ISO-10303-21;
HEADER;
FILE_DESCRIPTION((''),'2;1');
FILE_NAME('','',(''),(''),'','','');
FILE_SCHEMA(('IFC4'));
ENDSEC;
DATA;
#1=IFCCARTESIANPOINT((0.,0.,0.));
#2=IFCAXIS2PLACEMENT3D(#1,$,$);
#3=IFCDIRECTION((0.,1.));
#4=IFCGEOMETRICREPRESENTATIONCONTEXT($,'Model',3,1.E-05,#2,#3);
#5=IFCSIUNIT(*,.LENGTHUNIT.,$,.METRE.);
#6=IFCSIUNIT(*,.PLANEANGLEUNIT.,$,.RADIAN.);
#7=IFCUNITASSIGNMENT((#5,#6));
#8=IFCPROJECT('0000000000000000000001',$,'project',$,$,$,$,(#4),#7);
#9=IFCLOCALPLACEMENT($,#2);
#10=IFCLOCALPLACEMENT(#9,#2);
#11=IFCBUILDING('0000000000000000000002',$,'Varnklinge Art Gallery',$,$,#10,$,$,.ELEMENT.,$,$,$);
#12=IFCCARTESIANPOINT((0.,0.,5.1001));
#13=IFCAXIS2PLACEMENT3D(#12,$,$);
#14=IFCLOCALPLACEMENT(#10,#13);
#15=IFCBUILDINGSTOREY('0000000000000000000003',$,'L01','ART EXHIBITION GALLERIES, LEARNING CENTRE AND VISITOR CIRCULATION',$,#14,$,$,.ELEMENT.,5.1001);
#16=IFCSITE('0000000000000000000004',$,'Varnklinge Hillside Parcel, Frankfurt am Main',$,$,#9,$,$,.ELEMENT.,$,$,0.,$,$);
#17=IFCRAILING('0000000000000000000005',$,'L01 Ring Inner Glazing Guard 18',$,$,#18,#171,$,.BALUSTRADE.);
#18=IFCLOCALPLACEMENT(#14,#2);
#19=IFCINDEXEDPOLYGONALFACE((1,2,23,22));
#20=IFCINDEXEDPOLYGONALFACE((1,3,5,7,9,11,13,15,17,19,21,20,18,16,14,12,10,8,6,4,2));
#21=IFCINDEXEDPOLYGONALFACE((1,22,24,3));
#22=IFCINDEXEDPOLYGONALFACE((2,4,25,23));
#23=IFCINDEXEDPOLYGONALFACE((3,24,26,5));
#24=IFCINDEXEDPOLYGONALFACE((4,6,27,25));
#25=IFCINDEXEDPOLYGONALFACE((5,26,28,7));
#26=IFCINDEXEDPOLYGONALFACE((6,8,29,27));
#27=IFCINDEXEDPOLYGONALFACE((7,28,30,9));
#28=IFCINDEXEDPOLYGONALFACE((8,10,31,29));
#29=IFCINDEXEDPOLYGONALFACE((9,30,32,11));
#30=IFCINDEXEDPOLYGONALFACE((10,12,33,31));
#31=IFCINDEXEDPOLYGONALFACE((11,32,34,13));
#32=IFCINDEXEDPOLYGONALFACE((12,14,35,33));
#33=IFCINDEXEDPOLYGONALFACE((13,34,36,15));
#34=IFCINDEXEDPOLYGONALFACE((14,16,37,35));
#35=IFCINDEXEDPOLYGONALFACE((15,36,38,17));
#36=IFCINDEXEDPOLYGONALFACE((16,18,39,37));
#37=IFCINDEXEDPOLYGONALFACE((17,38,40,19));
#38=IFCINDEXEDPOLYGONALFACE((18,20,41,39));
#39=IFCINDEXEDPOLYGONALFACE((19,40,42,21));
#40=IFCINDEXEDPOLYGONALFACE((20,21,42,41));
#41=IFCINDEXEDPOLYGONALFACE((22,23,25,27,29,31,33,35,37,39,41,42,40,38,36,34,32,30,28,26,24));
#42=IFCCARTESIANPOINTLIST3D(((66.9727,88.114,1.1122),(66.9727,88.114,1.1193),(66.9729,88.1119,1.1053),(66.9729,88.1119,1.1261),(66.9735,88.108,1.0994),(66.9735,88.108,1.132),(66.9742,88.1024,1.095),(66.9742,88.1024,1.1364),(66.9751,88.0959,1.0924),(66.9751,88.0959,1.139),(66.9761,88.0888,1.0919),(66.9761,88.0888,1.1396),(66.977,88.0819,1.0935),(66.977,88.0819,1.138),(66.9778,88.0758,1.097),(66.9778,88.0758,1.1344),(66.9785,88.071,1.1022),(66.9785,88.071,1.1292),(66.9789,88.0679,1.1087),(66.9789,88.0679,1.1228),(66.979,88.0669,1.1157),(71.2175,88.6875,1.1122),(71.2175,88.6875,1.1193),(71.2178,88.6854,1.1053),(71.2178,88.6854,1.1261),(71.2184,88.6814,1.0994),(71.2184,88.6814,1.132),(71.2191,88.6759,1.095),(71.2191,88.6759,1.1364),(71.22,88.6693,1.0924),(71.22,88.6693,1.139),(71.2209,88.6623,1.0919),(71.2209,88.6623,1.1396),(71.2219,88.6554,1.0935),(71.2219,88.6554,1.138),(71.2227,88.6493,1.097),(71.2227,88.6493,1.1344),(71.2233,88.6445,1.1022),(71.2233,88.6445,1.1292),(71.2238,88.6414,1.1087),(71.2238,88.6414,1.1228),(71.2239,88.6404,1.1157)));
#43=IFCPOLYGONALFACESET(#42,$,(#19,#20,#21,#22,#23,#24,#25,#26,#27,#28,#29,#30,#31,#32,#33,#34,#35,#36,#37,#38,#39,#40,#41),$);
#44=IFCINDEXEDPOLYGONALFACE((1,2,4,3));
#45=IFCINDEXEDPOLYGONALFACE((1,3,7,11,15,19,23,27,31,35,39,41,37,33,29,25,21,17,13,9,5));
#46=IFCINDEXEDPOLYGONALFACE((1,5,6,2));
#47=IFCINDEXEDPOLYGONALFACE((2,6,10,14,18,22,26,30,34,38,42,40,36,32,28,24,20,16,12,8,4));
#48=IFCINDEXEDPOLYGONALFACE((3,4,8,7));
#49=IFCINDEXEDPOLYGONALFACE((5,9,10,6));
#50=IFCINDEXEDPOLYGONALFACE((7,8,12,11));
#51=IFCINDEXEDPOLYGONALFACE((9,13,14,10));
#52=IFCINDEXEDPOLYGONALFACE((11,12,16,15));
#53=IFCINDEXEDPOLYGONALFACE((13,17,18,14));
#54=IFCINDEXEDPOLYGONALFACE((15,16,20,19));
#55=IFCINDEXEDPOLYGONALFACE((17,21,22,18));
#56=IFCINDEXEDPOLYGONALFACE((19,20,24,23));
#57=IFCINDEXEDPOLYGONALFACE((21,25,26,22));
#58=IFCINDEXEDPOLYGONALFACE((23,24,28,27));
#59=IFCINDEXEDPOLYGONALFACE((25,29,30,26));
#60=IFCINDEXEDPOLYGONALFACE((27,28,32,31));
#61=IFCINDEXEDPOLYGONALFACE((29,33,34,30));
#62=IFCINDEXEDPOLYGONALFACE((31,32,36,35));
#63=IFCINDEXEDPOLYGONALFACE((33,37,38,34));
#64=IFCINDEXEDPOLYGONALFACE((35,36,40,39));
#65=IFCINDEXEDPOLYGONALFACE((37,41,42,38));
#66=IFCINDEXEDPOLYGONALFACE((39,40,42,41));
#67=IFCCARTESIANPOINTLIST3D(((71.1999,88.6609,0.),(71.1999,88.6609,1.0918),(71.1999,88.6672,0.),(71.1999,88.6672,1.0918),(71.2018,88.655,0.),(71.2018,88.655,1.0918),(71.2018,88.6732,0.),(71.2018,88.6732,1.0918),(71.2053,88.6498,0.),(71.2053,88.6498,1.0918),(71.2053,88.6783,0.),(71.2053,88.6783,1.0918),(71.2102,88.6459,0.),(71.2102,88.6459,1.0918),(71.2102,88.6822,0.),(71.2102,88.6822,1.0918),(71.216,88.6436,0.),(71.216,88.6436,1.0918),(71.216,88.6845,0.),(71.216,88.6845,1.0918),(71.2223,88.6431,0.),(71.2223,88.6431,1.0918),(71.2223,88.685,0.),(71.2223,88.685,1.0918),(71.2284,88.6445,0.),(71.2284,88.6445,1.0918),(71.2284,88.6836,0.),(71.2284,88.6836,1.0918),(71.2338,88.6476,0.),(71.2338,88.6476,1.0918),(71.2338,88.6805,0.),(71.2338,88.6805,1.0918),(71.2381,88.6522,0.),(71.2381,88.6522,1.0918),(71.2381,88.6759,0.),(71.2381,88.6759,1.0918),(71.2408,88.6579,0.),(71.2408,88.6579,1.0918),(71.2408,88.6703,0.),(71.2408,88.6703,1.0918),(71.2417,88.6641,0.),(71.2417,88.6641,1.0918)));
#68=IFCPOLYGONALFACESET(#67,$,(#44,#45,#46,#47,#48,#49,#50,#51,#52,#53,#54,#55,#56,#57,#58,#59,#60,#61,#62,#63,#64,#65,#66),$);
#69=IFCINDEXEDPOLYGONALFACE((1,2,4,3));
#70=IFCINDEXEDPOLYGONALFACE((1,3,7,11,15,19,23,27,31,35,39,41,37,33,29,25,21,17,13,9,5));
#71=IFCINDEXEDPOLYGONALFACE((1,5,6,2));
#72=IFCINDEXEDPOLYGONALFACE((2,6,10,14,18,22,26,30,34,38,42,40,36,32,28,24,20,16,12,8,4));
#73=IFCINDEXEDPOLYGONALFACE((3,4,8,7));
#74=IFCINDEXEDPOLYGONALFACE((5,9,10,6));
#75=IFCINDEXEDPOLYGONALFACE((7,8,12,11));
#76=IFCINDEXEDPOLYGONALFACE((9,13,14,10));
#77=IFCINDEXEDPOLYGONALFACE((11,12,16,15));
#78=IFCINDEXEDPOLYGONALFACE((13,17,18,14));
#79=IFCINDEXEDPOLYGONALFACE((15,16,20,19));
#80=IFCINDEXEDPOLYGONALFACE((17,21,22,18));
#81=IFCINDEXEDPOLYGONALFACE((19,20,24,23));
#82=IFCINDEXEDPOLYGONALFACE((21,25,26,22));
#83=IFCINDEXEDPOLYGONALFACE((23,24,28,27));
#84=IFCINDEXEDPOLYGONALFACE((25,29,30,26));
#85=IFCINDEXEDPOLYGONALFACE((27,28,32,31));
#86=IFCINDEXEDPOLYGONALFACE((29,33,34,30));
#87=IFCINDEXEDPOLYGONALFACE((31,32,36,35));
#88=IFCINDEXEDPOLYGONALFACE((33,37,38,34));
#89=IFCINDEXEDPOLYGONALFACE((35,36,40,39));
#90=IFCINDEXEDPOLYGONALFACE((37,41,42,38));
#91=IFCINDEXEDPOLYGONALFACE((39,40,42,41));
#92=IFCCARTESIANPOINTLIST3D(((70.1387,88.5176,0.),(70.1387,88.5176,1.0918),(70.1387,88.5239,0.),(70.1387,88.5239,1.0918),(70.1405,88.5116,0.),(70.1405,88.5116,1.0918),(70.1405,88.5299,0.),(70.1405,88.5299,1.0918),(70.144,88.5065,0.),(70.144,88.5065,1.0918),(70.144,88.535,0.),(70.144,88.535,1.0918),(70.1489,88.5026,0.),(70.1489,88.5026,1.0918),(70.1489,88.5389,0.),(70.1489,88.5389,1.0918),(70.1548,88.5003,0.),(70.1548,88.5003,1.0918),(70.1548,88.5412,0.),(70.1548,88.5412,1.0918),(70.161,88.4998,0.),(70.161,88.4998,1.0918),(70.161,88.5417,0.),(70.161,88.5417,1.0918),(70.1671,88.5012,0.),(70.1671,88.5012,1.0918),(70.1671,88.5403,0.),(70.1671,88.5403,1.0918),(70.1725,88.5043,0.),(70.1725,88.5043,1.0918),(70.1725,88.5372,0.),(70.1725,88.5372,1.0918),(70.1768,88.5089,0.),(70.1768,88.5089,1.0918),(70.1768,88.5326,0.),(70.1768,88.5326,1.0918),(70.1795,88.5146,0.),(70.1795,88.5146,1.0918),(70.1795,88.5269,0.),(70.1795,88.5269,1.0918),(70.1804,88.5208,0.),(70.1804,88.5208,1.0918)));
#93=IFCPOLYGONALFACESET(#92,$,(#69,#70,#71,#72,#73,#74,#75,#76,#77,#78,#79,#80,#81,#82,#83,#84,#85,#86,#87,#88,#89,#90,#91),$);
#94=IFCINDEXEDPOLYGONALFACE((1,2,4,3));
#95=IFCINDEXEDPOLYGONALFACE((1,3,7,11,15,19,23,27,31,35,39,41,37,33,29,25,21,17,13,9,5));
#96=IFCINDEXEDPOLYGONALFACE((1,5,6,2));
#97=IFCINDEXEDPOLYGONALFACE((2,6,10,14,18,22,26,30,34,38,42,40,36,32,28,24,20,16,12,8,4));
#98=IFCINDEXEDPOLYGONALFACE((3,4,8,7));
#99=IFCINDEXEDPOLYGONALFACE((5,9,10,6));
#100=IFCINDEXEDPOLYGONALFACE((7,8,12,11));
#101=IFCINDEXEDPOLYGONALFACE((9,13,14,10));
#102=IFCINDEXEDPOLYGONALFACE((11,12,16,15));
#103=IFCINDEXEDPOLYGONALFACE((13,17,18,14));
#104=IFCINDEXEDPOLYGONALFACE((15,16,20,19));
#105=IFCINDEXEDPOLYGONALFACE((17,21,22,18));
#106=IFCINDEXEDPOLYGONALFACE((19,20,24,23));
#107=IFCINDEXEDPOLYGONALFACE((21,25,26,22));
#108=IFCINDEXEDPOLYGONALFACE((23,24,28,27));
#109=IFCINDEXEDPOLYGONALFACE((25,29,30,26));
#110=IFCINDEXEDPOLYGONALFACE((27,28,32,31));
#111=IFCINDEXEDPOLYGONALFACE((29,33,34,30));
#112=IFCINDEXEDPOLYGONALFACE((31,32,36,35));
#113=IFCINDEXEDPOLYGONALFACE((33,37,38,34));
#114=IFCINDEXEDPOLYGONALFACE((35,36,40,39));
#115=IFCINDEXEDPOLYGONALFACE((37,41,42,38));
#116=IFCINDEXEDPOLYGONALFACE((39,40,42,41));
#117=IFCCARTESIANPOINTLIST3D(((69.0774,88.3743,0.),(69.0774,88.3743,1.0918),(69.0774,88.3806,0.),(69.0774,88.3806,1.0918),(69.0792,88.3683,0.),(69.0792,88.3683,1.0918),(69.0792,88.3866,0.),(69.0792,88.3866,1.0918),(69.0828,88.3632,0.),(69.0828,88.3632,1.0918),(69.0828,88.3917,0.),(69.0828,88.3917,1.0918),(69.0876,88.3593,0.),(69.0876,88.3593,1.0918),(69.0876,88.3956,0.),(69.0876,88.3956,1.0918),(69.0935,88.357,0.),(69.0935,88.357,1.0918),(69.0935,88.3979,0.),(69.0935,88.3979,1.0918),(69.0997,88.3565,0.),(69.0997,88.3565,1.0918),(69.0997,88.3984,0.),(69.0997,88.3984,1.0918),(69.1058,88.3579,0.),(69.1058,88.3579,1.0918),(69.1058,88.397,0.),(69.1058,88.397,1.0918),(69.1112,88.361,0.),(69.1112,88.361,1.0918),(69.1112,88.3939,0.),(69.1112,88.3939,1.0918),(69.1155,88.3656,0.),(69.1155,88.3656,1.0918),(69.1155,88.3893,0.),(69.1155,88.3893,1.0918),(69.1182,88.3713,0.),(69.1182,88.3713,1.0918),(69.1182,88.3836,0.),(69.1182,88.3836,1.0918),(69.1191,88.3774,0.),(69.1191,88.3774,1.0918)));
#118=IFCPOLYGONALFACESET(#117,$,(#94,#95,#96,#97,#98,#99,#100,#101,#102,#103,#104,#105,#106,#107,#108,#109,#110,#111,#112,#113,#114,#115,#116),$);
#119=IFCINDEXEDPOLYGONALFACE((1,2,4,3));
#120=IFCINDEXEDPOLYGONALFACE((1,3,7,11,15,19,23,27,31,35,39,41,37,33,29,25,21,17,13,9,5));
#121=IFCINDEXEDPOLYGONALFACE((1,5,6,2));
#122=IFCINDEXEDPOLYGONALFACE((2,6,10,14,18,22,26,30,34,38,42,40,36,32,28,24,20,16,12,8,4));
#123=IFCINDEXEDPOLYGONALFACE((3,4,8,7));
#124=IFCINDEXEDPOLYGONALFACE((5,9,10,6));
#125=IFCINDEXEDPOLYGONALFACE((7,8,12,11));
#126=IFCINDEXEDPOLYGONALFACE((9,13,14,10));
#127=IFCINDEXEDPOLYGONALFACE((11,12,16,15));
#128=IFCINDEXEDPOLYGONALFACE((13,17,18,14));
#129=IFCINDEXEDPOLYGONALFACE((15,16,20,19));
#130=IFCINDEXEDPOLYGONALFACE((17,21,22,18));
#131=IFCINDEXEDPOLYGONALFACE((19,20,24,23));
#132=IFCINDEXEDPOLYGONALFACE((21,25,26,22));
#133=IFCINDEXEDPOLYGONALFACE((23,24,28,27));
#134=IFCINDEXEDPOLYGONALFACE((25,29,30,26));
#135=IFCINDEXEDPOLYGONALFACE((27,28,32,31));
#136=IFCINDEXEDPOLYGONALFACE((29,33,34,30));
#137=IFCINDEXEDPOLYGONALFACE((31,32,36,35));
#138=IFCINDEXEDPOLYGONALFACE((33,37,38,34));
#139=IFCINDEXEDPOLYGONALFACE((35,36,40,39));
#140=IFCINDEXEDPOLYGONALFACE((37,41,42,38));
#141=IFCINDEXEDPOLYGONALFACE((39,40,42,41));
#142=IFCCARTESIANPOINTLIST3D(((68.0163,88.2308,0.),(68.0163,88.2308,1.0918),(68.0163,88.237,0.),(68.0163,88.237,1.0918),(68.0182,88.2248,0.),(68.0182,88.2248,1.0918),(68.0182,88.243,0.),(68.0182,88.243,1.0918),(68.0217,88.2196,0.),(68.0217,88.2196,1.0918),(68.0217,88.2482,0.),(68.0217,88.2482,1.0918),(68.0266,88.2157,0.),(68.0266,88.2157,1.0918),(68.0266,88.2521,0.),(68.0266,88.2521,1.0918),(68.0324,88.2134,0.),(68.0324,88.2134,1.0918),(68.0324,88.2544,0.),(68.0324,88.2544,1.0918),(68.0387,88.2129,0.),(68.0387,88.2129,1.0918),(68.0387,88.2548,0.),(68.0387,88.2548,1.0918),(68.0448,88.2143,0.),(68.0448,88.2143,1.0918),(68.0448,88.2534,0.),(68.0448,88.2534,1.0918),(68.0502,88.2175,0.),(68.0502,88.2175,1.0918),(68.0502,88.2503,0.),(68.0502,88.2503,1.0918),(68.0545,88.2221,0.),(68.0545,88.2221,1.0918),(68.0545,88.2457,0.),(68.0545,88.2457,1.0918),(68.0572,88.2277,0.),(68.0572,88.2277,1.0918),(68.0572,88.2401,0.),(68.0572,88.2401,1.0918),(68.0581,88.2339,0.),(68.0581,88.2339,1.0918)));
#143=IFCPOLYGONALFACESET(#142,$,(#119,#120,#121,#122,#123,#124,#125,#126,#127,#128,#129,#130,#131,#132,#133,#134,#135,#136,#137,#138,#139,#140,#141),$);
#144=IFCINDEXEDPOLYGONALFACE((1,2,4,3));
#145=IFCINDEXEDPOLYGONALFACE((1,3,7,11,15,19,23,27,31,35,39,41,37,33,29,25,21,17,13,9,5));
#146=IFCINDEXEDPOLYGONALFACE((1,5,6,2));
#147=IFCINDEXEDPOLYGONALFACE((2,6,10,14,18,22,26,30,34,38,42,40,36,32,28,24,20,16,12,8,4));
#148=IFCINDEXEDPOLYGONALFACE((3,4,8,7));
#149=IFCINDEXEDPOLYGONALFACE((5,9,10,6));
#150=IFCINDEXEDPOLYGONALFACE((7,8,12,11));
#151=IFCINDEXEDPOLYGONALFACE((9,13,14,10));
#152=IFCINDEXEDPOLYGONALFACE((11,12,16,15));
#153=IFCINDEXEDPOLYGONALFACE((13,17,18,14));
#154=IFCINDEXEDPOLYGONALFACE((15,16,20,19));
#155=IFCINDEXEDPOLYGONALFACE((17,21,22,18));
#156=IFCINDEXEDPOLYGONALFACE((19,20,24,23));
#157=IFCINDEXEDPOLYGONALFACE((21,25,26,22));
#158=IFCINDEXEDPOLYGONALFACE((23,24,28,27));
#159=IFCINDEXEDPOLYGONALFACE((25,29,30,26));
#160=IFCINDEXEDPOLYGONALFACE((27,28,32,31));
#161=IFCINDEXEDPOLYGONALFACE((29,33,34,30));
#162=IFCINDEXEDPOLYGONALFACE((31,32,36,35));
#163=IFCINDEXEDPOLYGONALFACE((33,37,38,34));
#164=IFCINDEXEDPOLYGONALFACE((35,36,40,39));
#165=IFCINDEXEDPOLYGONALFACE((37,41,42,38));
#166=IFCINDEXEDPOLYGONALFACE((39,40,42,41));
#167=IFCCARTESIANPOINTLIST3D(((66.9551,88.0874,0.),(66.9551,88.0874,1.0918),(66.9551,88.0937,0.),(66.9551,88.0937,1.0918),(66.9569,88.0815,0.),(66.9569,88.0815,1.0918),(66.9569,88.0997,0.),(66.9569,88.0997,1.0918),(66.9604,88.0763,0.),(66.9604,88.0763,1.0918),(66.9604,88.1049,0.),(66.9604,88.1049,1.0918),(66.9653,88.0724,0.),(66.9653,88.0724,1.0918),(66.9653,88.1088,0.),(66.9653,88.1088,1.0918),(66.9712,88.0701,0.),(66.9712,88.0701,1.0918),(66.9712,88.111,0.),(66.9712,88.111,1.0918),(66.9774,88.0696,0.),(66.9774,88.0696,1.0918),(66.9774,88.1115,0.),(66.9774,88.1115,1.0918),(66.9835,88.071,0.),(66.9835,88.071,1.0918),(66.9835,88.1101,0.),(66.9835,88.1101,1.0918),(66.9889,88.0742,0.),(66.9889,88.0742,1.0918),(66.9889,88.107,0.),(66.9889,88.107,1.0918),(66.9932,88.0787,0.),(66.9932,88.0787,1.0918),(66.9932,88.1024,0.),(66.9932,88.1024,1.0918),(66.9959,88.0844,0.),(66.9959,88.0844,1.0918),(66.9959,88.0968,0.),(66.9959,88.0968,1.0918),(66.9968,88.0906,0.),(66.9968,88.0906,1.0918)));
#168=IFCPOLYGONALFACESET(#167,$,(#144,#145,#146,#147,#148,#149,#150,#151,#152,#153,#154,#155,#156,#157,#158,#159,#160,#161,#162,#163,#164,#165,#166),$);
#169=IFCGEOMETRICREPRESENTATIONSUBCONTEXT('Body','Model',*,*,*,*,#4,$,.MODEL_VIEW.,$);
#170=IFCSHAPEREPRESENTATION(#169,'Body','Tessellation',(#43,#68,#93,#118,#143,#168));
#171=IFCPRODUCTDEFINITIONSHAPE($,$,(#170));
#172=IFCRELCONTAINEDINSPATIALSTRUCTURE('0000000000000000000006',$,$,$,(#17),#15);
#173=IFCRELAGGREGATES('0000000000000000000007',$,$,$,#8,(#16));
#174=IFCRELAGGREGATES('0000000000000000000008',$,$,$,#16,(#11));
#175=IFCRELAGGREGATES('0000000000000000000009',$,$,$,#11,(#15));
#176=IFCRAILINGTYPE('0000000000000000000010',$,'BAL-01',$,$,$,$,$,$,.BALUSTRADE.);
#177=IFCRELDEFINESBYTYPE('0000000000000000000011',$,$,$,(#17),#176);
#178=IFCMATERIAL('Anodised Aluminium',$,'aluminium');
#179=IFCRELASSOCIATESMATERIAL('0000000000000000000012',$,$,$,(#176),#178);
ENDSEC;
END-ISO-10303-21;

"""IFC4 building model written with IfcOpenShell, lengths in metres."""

from ifc_helpers import new_model, si_unit, direction, frame, origin, origin_2d, place, context, subcontext, project, spatial, circle, extrude, material, type_object, element, save


model = new_model("IFC4")

# Units and contexts
model_context = context("Model", 3, precision=1e-05, world=origin(), true_north=direction((0.0, 1.0)))
body_context = subcontext(model_context, "Body", "Model", "MODEL_VIEW")
ifc_project = project(units=[si_unit("LENGTHUNIT", "METRE"), si_unit("PLANEANGLEUNIT", "RADIAN")], contexts=[model_context])

# Site, building, storey
site_placement = place(None, origin())
site = spatial("IfcSite", under=ifc_project, at=site_placement, Name="Varnklinge Hillside Parcel, Frankfurt am Main", CompositionType="ELEMENT", RefElevation=0.0)
building_placement = place(site_placement, origin())
building = spatial("IfcBuilding", under=site, at=building_placement, Name="Varnklinge Art Gallery", CompositionType="ELEMENT")
storey_placement = place(building_placement, frame((0.0, 0.0, 5.1001)))
storey = spatial("IfcBuildingStorey", under=building, at=storey_placement, Name="L01", Description="ART EXHIBITION GALLERIES, LEARNING CENTRE AND VISITOR CIRCULATION", CompositionType="ELEMENT", Elevation=5.1001)

# Railing
ifc_material_1 = material(Name="Anodised Aluminium", Category="aluminium")
railing_type = type_object("IfcRailingType", Name="BAL-01", PredefinedType="BALUSTRADE", material=ifc_material_1)
railing_1_placement = place(storey_placement, frame((71.2207, 88.6641, 0.0)))
element("IfcRailing", 1, at=railing_1_placement, inside=storey, type_object=railing_type, Name="L01 Ring Inner Glazing Guard 18", PredefinedType="BALUSTRADE", context=body_context, shape_type="SweptSolid", body=[
    extrude(circle(Radius=0.0239, at=origin_2d()), frame((0.0, 0.0, 1.1157), z_axis=(-0.990997, -0.133885, 0.0), x_axis=(0.133885, -0.990997, 0.0)), (0.0, 0.0, 1.0), 4.2834),
    extrude(circle(Radius=0.021, at=origin_2d()), origin(), (0.0, 0.0, 1.0), 1.0918),
    extrude(circle(Radius=0.021, at=origin_2d()), frame((-1.0613, -0.1433, 0.0)), (0.0, 0.0, 1.0), 1.0918),
    extrude(circle(Radius=0.021, at=origin_2d()), frame((-2.1226, -0.2866, 0.0)), (0.0, 0.0, 1.0), 1.0918),
    extrude(circle(Radius=0.021, at=origin_2d()), frame((-3.1836, -0.4302, 0.0)), (0.0, 0.0, 1.0), 1.0918),
    extrude(circle(Radius=0.021, at=origin_2d()), frame((-4.2449, -0.5735, 0.0)), (0.0, 0.0, 1.0), 1.0918),
])

save(model, "model.ifc")
